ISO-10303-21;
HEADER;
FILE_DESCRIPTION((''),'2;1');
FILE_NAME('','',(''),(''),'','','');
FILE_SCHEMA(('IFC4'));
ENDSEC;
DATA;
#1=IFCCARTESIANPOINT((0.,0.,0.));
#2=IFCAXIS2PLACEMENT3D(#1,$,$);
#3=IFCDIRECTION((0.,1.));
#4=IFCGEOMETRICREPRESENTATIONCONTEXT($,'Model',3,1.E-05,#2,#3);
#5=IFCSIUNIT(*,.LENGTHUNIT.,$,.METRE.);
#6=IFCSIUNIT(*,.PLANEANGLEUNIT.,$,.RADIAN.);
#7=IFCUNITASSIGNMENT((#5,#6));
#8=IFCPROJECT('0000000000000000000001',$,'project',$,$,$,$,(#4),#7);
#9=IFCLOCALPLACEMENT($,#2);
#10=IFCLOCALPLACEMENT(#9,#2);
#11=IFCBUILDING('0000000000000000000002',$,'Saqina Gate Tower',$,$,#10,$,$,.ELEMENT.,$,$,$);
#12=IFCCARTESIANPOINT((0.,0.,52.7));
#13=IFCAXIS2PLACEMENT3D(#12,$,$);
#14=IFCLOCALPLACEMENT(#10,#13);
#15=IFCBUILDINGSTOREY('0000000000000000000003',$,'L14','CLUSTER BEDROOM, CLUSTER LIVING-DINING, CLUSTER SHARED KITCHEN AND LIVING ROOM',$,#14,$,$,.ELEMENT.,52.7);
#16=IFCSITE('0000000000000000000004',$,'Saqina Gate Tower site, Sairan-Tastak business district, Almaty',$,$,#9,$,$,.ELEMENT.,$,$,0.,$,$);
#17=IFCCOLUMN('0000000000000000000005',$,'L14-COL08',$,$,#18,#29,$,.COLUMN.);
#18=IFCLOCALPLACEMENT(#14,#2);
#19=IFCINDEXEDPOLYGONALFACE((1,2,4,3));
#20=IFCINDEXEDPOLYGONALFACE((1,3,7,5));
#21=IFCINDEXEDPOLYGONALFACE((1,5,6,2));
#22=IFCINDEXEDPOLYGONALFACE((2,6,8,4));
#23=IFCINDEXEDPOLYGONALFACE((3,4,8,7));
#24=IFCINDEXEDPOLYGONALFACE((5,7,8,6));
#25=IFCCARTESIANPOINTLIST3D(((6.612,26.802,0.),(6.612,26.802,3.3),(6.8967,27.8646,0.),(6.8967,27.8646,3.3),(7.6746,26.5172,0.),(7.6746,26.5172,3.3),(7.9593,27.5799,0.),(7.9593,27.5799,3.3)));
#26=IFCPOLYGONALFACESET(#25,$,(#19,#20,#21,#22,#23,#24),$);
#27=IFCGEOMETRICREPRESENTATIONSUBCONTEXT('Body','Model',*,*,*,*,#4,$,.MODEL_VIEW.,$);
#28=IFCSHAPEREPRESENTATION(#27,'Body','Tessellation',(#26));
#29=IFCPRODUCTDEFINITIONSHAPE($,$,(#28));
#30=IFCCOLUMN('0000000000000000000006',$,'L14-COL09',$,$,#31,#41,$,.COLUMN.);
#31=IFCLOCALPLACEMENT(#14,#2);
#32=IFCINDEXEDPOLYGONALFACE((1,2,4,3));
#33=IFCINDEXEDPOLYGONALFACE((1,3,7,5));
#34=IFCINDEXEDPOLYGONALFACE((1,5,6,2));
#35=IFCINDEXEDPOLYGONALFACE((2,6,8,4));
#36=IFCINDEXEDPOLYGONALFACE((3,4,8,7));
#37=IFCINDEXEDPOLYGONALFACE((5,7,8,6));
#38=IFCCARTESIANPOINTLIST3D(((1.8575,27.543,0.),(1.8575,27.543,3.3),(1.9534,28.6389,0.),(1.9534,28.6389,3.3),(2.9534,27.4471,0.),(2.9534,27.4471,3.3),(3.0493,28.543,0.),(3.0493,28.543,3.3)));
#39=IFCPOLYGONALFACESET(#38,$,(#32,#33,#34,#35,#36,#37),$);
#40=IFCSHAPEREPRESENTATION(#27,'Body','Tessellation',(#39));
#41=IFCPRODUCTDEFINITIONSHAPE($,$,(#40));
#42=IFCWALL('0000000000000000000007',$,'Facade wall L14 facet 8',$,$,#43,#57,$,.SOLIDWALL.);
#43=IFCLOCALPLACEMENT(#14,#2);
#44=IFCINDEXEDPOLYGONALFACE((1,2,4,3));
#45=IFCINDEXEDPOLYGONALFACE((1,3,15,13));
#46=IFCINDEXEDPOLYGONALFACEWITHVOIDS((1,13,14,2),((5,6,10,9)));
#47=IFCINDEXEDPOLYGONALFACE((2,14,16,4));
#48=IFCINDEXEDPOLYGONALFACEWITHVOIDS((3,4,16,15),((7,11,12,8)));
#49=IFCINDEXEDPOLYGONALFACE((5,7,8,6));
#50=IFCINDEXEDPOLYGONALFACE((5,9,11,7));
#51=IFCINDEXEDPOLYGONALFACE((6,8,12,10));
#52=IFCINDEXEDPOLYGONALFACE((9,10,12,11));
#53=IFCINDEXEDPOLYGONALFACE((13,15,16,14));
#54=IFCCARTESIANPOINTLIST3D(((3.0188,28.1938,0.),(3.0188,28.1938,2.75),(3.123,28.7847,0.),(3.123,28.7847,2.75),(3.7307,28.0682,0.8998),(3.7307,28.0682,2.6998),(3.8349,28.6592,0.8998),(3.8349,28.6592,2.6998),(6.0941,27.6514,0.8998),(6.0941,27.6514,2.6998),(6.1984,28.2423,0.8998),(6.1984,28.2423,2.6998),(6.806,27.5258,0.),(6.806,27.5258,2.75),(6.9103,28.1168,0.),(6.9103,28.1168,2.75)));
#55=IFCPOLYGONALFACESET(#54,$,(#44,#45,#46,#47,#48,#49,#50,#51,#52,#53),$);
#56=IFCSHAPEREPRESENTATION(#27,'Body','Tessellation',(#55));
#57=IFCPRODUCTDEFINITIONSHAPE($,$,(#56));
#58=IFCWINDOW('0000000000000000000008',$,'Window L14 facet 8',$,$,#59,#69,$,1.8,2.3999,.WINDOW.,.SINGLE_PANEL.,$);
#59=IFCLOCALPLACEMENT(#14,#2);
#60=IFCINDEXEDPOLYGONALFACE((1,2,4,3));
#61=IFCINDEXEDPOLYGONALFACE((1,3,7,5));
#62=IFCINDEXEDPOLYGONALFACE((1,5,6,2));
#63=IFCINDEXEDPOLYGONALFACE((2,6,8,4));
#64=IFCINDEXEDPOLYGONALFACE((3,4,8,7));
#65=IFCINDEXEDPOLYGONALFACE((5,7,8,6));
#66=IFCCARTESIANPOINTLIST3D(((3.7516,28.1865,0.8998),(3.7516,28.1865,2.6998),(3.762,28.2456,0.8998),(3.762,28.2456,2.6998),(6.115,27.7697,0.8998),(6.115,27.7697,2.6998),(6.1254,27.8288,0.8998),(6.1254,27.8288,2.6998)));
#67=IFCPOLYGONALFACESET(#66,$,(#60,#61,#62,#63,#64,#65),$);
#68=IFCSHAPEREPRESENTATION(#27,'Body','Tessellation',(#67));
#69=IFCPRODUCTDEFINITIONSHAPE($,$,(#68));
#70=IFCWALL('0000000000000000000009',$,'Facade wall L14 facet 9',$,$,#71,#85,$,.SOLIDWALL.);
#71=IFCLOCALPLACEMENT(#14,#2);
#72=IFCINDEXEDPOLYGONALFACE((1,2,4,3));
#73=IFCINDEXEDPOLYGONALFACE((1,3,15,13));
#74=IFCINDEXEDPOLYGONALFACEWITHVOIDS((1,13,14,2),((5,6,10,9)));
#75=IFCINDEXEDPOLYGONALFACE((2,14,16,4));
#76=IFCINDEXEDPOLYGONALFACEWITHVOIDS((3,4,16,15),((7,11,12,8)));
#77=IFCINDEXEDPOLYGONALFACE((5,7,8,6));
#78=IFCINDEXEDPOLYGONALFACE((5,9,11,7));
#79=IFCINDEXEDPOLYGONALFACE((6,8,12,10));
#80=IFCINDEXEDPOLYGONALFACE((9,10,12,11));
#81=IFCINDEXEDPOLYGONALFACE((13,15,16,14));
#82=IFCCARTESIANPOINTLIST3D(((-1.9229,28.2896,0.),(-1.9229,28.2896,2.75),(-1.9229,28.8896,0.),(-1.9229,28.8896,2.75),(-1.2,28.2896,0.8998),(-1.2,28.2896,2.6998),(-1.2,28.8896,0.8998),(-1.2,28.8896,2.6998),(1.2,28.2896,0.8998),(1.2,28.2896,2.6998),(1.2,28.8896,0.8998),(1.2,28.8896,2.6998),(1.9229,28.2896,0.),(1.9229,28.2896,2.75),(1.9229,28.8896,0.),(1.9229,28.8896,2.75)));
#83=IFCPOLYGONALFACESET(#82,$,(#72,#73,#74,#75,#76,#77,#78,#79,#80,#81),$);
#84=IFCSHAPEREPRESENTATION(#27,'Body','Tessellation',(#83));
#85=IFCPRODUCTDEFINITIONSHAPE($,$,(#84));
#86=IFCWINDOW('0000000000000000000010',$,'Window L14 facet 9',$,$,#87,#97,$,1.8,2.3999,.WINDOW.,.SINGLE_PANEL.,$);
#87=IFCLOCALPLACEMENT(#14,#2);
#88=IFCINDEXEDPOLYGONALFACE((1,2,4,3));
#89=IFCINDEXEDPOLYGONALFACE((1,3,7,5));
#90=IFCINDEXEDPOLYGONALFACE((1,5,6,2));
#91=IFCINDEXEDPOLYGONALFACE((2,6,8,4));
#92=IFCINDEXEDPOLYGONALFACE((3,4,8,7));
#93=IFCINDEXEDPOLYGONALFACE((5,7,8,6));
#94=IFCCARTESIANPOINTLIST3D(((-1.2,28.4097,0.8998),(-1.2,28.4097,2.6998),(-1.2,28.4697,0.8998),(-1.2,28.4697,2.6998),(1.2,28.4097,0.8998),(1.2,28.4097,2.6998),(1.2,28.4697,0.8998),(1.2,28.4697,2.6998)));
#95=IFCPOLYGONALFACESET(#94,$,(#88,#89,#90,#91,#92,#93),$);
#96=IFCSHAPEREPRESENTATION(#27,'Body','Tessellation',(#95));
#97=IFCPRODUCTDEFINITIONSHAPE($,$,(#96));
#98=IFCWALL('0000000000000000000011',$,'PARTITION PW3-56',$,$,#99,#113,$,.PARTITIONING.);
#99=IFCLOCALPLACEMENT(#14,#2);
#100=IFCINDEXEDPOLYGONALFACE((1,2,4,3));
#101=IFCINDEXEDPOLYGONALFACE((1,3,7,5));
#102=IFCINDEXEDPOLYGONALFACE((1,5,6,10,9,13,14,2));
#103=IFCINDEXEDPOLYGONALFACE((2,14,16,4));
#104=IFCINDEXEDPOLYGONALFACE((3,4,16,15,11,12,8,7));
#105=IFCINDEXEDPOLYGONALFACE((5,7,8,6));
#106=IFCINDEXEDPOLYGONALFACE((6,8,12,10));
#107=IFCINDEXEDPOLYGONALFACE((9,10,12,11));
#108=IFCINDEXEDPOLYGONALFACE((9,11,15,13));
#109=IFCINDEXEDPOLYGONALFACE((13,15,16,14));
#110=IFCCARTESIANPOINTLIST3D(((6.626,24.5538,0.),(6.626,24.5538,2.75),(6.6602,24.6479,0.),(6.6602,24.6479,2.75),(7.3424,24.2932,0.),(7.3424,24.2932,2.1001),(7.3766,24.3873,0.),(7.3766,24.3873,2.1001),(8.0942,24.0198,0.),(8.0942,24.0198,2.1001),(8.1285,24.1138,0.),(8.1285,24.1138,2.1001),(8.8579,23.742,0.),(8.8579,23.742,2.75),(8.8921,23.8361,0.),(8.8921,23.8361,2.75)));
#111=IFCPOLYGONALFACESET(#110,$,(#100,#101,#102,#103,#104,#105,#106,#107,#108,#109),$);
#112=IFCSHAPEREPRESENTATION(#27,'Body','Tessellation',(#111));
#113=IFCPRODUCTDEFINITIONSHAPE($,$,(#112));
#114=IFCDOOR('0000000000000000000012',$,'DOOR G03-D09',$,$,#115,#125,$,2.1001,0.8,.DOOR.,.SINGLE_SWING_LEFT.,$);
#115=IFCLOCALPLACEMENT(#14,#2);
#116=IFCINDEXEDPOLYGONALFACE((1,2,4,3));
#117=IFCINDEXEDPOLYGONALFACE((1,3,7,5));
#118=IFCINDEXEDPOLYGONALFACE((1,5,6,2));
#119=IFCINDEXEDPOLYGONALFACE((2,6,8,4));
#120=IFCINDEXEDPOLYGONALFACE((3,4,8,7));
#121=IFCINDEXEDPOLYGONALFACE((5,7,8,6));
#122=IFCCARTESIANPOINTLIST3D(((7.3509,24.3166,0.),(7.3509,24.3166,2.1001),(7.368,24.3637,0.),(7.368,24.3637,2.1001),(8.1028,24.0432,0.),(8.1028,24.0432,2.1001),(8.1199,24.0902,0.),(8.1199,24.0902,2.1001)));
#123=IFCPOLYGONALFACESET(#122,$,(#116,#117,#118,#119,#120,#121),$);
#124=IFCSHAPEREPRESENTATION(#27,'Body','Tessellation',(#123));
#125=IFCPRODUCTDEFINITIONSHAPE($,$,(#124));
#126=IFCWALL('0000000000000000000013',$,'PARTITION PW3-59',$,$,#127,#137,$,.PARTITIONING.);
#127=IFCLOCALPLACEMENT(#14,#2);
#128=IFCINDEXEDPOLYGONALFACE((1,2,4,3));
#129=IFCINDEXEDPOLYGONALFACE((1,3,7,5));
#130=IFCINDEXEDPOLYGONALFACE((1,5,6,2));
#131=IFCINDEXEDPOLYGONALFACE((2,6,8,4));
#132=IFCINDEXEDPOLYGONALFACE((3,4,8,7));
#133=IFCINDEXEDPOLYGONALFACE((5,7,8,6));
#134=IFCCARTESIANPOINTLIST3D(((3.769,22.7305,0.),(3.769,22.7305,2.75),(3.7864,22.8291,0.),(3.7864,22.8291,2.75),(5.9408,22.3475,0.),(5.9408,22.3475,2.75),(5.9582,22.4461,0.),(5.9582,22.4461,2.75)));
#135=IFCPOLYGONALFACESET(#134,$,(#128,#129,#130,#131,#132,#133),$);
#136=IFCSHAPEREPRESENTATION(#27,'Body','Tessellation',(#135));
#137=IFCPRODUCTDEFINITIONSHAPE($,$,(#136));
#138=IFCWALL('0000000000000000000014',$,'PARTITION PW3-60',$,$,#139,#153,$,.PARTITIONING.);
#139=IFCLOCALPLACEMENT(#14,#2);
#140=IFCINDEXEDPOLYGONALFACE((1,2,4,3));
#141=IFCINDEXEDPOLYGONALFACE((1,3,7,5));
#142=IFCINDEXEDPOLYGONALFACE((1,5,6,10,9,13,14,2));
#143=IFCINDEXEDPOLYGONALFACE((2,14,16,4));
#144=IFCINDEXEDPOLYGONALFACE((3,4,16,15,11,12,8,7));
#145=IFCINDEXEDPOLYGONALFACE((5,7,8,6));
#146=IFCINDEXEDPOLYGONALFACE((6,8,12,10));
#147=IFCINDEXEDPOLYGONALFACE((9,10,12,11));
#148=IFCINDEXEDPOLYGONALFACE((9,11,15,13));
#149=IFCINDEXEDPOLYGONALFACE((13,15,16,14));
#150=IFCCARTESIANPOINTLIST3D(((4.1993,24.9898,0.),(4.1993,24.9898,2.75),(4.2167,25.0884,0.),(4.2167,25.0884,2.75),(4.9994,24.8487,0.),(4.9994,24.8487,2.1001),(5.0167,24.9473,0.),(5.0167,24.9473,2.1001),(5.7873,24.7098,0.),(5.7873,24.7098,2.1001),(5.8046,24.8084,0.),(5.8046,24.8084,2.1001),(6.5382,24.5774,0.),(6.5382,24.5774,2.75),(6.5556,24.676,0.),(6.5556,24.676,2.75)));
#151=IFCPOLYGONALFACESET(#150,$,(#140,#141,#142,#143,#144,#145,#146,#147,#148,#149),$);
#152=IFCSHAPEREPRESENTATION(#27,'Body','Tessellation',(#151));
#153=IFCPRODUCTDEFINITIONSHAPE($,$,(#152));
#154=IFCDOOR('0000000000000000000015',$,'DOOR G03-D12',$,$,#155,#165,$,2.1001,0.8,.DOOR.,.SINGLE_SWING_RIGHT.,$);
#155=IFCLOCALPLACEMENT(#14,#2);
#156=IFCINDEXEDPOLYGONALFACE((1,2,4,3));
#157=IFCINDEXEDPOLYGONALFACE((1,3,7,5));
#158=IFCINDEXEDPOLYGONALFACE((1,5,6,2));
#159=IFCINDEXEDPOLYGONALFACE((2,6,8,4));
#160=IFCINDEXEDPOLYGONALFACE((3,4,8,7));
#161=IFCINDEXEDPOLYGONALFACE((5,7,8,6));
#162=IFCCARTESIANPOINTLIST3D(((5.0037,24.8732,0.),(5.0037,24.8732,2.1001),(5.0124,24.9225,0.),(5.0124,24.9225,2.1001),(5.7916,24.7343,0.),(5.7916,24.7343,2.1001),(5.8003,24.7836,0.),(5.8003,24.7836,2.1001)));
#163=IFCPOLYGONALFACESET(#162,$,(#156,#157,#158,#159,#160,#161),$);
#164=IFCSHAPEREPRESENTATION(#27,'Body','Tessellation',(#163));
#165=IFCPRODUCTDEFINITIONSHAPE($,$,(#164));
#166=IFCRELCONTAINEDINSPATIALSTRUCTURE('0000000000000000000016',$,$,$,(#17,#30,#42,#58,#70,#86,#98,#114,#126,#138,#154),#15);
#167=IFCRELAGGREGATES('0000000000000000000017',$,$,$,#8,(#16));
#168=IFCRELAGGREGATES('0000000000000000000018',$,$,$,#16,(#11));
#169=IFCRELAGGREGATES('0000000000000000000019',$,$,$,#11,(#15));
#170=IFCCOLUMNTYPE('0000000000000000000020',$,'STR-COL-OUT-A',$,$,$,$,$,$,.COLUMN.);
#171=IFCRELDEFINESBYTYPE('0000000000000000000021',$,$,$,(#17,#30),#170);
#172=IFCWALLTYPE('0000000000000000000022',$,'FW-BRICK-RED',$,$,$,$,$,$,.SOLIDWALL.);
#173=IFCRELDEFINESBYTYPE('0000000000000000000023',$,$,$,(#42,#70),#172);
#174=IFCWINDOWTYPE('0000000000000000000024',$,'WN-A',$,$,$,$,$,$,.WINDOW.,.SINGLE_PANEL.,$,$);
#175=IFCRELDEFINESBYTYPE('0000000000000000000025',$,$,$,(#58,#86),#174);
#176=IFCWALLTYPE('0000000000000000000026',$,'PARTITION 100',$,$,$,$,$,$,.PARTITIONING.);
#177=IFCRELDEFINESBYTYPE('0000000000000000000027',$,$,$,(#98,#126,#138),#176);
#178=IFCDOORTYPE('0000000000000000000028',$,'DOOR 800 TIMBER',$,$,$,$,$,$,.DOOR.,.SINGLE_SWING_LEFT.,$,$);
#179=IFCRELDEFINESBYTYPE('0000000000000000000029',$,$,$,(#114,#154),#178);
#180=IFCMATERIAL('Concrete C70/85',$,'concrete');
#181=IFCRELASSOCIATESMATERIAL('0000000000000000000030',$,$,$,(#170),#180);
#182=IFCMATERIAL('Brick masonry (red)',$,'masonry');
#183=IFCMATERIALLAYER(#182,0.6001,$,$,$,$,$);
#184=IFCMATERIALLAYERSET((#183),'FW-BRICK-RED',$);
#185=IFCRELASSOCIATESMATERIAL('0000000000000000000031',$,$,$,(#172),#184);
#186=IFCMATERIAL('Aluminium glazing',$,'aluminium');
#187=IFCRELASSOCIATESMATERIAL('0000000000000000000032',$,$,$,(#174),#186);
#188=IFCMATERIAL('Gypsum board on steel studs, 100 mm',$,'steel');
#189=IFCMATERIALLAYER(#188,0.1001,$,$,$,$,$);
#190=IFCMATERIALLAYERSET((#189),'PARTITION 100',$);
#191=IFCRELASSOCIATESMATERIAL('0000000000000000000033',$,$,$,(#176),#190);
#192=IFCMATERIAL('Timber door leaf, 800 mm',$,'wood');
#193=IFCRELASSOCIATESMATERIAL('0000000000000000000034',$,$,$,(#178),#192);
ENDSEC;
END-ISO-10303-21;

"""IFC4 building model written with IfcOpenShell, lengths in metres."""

from ifc_helpers import new_model, si_unit, direction, frame, frame_2d, origin, origin_2d, place, context, subcontext, project, spatial, rectangle, extrude, material, layer, layer_set, material_profile, profile_set, type_object, element, fill, save


model = new_model("IFC4")

# Units and contexts
model_context = context("Model", 3, precision=1e-05, world=origin(), true_north=direction((0.0, 1.0)))
body_context = subcontext(model_context, "Body", "Model", "MODEL_VIEW")
ifc_project = project(units=[si_unit("LENGTHUNIT", "METRE"), si_unit("PLANEANGLEUNIT", "RADIAN")], contexts=[model_context])

# Site, building, storey
site_placement = place(None, origin())
site = spatial("IfcSite", under=ifc_project, at=site_placement, Name="Saqina Gate Tower site, Sairan-Tastak business district, Almaty", CompositionType="ELEMENT", RefElevation=0.0)
building_placement = place(site_placement, origin())
building = spatial("IfcBuilding", under=site, at=building_placement, Name="Saqina Gate Tower", CompositionType="ELEMENT")
storey_placement = place(building_placement, frame((0.0, 0.0, 52.7)))
storey = spatial("IfcBuildingStorey", under=building, at=storey_placement, Name="L14", Description="CLUSTER BEDROOM, CLUSTER LIVING-DINING, CLUSTER SHARED KITCHEN AND LIVING ROOM", CompositionType="ELEMENT", Elevation=52.7)

# Columns
ifc_material_1 = material(Name="Concrete C70/85", Category="concrete")
ifc_material_profile = material_profile(ifc_material_1, rectangle(XDim=1.1001, YDim=1.1001, at=origin_2d()), Name="RC 1100x1100")
ifc_profile_set = profile_set([ifc_material_profile], Name="Concrete C70/85")
column_type = type_object("IfcColumnType", Name="STR-COL-OUT-A", PredefinedType="COLUMN", material=ifc_profile_set)
for number, where, z_axis, x_axis, name in (
    (1, (7.2856, 27.1909, 0.0), (0.0, 0.0, 1.0), (0.258819, 0.965926, 0.0), "L14-COL08"),
    (2, (2.4534, 28.043, 0.0), (0.0, 0.0, 1.0), (0.087156, 0.996195, 0.0), "L14-COL09"),
):
    element("IfcColumn", number, at=place(storey_placement, frame(where, z_axis=z_axis, x_axis=x_axis)), inside=storey, type_object=column_type, Name=name, PredefinedType="COLUMN", context=body_context, shape_type="SweptSolid", body=[
        extrude(rectangle(XDim=1.1001, YDim=1.1001, at=origin_2d()), origin(), (0.0, 0.0, 1.0), 3.3),
    ])

# Walls, openings, windows
ifc_material_2 = material(Name="Brick masonry (red)", Category="masonry")
ifc_layer_1 = layer(ifc_material_2, 0.6001)
ifc_layer_set_1 = layer_set([ifc_layer_1], Name="FW-BRICK-RED")
wall_type_1 = type_object("IfcWallType", Name="FW-BRICK-RED", PredefinedType="SOLIDWALL", material=ifc_layer_set_1)
wall_1_placement = place(storey_placement, frame((6.8582, 27.8213, 0.0), z_axis=(0.0, 0.0, 1.0), x_axis=(-0.984801, 0.173688, 0.0)))
wall_1 = element("IfcWall", 3, at=wall_1_placement, inside=storey, type_object=wall_type_1, Name="Facade wall L14 facet 8", PredefinedType="SOLIDWALL", context=body_context, shape_type="SweptSolid", body=[
    extrude(rectangle(XDim=3.8457, YDim=0.6001, at=frame_2d((1.9229, 0.0))), origin(), (0.0, 0.0, 1.0), 2.75),
])
opening_1_placement = place(wall_1_placement, frame((0.7229, 0.0, 0.8999)))
opening_1 = element("IfcOpeningElement", 4, at=opening_1_placement, cuts=wall_1, PredefinedType="OPENING", context=body_context, shape_type="SweptSolid", body=[
    extrude(rectangle(XDim=2.3999, YDim=1.8, at=frame_2d((1.2, 0.8999))), frame((0.0, 0.312, 0.0), z_axis=(0.0, -1.0, 0.0), x_axis=(1.0, 0.0, 0.0)), (0.0, 0.0, 1.0), 0.624),
])
ifc_material_3 = material(Name="Aluminium glazing", Category="aluminium")
window_type = type_object("IfcWindowType", Name="WN-A", PartitioningType="SINGLE_PANEL", PredefinedType="WINDOW", material=ifc_material_3)
window_1_placement = place(opening_1_placement, origin())
window_1 = element("IfcWindow", 5, at=window_1_placement, inside=storey, type_object=window_type, Name="Window L14 facet 8", OverallHeight=1.8, OverallWidth=2.3999, PartitioningType="SINGLE_PANEL", PredefinedType="WINDOW", context=body_context, shape_type="SweptSolid", body=[
    extrude(rectangle(XDim=2.3999, YDim=1.8, at=frame_2d((1.2, 0.8999))), frame((0.0, 0.1799, 0.0), z_axis=(0.0, -1.0, 0.0), x_axis=(1.0, 0.0, 0.0)), (0.0, 0.0, 1.0), 0.0601),
])
fill(opening_1, window_1)
wall_2_placement = place(storey_placement, frame((1.9229, 28.5896, 0.0), z_axis=(0.0, 0.0, 1.0), x_axis=(-1.0, 0.0, 0.0)))
wall_2 = element("IfcWall", 6, at=wall_2_placement, inside=storey, type_object=wall_type_1, Name="Facade wall L14 facet 9", PredefinedType="SOLIDWALL", context=body_context, shape_type="SweptSolid", body=[
    extrude(rectangle(XDim=3.8457, YDim=0.6001, at=frame_2d((1.9229, 0.0))), origin(), (0.0, 0.0, 1.0), 2.75),
])
opening_2_placement = place(wall_2_placement, frame((0.7229, 0.0, 0.8999)))
opening_2 = element("IfcOpeningElement", 7, at=opening_2_placement, cuts=wall_2, PredefinedType="OPENING", context=body_context, shape_type="SweptSolid", body=[
    extrude(rectangle(XDim=2.3999, YDim=1.8, at=frame_2d((1.2, 0.8999))), frame((0.0, 0.312, 0.0), z_axis=(0.0, -1.0, 0.0), x_axis=(1.0, 0.0, 0.0)), (0.0, 0.0, 1.0), 0.624),
])
window_2_placement = place(opening_2_placement, origin())
window_2 = element("IfcWindow", 8, at=window_2_placement, inside=storey, type_object=window_type, Name="Window L14 facet 9", OverallHeight=1.8, OverallWidth=2.3999, PartitioningType="SINGLE_PANEL", PredefinedType="WINDOW", context=body_context, shape_type="SweptSolid", body=[
    extrude(rectangle(XDim=2.3999, YDim=1.8, at=frame_2d((1.2, 0.8999))), frame((0.0, 0.1799, 0.0), z_axis=(0.0, -1.0, 0.0), x_axis=(1.0, 0.0, 0.0)), (0.0, 0.0, 1.0), 0.0601),
])
fill(opening_2, window_2)

# Wall, opening, door
ifc_material_4 = material(Name="Gypsum board on steel studs, 100 mm", Category="steel")
ifc_layer_2 = layer(ifc_material_4, 0.1001)
ifc_layer_set_2 = layer_set([ifc_layer_2], Name="PARTITION 100")
wall_type_2 = type_object("IfcWallType", Name="PARTITION 100", PredefinedType="PARTITIONING", material=ifc_layer_set_2)
wall_3_placement = place(storey_placement, frame((6.6431, 24.6008, 0.0), z_axis=(0.0, 0.0, 1.0), x_axis=(0.939772, -0.341801, 0.0)))
wall_3 = element("IfcWall", 9, at=wall_3_placement, inside=storey, type_object=wall_type_2, Name="PARTITION PW3-56", PredefinedType="PARTITIONING", context=body_context, shape_type="SweptSolid", body=[
    extrude(rectangle(XDim=2.375, YDim=0.1001, at=frame_2d((1.1875, 0.0))), origin(), (0.0, 0.0, 1.0), 2.75),
])
opening_3_placement = place(wall_3_placement, frame((0.7625, 0.0, 0.0)))
opening_3 = element("IfcOpeningElement", 10, at=opening_3_placement, cuts=wall_3, PredefinedType="OPENING", context=body_context, shape_type="SweptSolid", body=[
    extrude(rectangle(XDim=0.8, YDim=2.1001, at=frame_2d((0.3999, 1.05))), frame((0.0, 0.062, 0.0), z_axis=(0.0, -1.0, 0.0), x_axis=(1.0, 0.0, 0.0)), (0.0, 0.0, 1.0), 0.124),
])
ifc_material_5 = material(Name="Timber door leaf, 800 mm", Category="wood")
door_type_1 = type_object("IfcDoorType", Name="DOOR 800 TIMBER", OperationType="SINGLE_SWING_LEFT", PredefinedType="DOOR", material=ifc_material_5)
door_1_placement = place(opening_3_placement, origin())
door_1 = element("IfcDoor", 11, at=door_1_placement, inside=storey, type_object=door_type_1, Name="DOOR G03-D09", OperationType="SINGLE_SWING_LEFT", OverallHeight=2.1001, OverallWidth=0.8, PredefinedType="DOOR", context=body_context, shape_type="SweptSolid", body=[
    extrude(rectangle(XDim=0.8, YDim=2.1001, at=frame_2d((0.3999, 1.05))), frame((0.0, 0.0249, 0.0), z_axis=(0.0, -1.0, 0.0), x_axis=(1.0, 0.0, 0.0)), (0.0, 0.0, 1.0), 0.05),
])
fill(opening_3, door_1)

# Wall
wall_4_placement = place(storey_placement, frame((3.7778, 22.7798, 0.0), z_axis=(0.0, 0.0, 1.0), x_axis=(0.9848, -0.173691, 0.0)))
element("IfcWall", 12, at=wall_4_placement, inside=storey, type_object=wall_type_2, Name="PARTITION PW3-59", PredefinedType="PARTITIONING", context=body_context, shape_type="SweptSolid", body=[
    extrude(rectangle(XDim=2.2053, YDim=0.1001, at=frame_2d((1.1025, 0.0))), origin(), (0.0, 0.0, 1.0), 2.75),
])

# Wall, opening, door
wall_5_placement = place(storey_placement, frame((4.208, 25.0391, 0.0), z_axis=(0.0, 0.0, 1.0), x_axis=(0.984811, -0.173627, 0.0)))
wall_5 = element("IfcWall", 13, at=wall_5_placement, inside=storey, type_object=wall_type_2, Name="PARTITION PW3-60", PredefinedType="PARTITIONING", context=body_context, shape_type="SweptSolid", body=[
    extrude(rectangle(XDim=2.375, YDim=0.1001, at=frame_2d((1.1875, 0.0))), origin(), (0.0, 0.0, 1.0), 2.75),
])
opening_4_placement = place(wall_5_placement, frame((0.8125, 0.0, 0.0)))
opening_4 = element("IfcOpeningElement", 14, at=opening_4_placement, cuts=wall_5, PredefinedType="OPENING", context=body_context, shape_type="SweptSolid", body=[
    extrude(rectangle(XDim=0.8, YDim=2.1001, at=frame_2d((0.3999, 1.05))), frame((0.0, 0.062, 0.0), z_axis=(0.0, -1.0, 0.0), x_axis=(1.0, 0.0, 0.0)), (0.0, 0.0, 1.0), 0.124),
])
door_2_placement = place(opening_4_placement, origin())
door_2 = element("IfcDoor", 15, at=door_2_placement, inside=storey, type_object=door_type_1, Name="DOOR G03-D12", OperationType="SINGLE_SWING_RIGHT", OverallHeight=2.1001, OverallWidth=0.8, PredefinedType="DOOR", context=body_context, shape_type="SweptSolid", body=[
    extrude(rectangle(XDim=0.8, YDim=2.1001, at=frame_2d((0.3999, 1.05))), frame((0.0, 0.0249, 0.0), z_axis=(0.0, -1.0, 0.0), x_axis=(1.0, 0.0, 0.0)), (0.0, 0.0, 1.0), 0.05),
])
fill(opening_4, door_2)

save(model, "model.ifc")
